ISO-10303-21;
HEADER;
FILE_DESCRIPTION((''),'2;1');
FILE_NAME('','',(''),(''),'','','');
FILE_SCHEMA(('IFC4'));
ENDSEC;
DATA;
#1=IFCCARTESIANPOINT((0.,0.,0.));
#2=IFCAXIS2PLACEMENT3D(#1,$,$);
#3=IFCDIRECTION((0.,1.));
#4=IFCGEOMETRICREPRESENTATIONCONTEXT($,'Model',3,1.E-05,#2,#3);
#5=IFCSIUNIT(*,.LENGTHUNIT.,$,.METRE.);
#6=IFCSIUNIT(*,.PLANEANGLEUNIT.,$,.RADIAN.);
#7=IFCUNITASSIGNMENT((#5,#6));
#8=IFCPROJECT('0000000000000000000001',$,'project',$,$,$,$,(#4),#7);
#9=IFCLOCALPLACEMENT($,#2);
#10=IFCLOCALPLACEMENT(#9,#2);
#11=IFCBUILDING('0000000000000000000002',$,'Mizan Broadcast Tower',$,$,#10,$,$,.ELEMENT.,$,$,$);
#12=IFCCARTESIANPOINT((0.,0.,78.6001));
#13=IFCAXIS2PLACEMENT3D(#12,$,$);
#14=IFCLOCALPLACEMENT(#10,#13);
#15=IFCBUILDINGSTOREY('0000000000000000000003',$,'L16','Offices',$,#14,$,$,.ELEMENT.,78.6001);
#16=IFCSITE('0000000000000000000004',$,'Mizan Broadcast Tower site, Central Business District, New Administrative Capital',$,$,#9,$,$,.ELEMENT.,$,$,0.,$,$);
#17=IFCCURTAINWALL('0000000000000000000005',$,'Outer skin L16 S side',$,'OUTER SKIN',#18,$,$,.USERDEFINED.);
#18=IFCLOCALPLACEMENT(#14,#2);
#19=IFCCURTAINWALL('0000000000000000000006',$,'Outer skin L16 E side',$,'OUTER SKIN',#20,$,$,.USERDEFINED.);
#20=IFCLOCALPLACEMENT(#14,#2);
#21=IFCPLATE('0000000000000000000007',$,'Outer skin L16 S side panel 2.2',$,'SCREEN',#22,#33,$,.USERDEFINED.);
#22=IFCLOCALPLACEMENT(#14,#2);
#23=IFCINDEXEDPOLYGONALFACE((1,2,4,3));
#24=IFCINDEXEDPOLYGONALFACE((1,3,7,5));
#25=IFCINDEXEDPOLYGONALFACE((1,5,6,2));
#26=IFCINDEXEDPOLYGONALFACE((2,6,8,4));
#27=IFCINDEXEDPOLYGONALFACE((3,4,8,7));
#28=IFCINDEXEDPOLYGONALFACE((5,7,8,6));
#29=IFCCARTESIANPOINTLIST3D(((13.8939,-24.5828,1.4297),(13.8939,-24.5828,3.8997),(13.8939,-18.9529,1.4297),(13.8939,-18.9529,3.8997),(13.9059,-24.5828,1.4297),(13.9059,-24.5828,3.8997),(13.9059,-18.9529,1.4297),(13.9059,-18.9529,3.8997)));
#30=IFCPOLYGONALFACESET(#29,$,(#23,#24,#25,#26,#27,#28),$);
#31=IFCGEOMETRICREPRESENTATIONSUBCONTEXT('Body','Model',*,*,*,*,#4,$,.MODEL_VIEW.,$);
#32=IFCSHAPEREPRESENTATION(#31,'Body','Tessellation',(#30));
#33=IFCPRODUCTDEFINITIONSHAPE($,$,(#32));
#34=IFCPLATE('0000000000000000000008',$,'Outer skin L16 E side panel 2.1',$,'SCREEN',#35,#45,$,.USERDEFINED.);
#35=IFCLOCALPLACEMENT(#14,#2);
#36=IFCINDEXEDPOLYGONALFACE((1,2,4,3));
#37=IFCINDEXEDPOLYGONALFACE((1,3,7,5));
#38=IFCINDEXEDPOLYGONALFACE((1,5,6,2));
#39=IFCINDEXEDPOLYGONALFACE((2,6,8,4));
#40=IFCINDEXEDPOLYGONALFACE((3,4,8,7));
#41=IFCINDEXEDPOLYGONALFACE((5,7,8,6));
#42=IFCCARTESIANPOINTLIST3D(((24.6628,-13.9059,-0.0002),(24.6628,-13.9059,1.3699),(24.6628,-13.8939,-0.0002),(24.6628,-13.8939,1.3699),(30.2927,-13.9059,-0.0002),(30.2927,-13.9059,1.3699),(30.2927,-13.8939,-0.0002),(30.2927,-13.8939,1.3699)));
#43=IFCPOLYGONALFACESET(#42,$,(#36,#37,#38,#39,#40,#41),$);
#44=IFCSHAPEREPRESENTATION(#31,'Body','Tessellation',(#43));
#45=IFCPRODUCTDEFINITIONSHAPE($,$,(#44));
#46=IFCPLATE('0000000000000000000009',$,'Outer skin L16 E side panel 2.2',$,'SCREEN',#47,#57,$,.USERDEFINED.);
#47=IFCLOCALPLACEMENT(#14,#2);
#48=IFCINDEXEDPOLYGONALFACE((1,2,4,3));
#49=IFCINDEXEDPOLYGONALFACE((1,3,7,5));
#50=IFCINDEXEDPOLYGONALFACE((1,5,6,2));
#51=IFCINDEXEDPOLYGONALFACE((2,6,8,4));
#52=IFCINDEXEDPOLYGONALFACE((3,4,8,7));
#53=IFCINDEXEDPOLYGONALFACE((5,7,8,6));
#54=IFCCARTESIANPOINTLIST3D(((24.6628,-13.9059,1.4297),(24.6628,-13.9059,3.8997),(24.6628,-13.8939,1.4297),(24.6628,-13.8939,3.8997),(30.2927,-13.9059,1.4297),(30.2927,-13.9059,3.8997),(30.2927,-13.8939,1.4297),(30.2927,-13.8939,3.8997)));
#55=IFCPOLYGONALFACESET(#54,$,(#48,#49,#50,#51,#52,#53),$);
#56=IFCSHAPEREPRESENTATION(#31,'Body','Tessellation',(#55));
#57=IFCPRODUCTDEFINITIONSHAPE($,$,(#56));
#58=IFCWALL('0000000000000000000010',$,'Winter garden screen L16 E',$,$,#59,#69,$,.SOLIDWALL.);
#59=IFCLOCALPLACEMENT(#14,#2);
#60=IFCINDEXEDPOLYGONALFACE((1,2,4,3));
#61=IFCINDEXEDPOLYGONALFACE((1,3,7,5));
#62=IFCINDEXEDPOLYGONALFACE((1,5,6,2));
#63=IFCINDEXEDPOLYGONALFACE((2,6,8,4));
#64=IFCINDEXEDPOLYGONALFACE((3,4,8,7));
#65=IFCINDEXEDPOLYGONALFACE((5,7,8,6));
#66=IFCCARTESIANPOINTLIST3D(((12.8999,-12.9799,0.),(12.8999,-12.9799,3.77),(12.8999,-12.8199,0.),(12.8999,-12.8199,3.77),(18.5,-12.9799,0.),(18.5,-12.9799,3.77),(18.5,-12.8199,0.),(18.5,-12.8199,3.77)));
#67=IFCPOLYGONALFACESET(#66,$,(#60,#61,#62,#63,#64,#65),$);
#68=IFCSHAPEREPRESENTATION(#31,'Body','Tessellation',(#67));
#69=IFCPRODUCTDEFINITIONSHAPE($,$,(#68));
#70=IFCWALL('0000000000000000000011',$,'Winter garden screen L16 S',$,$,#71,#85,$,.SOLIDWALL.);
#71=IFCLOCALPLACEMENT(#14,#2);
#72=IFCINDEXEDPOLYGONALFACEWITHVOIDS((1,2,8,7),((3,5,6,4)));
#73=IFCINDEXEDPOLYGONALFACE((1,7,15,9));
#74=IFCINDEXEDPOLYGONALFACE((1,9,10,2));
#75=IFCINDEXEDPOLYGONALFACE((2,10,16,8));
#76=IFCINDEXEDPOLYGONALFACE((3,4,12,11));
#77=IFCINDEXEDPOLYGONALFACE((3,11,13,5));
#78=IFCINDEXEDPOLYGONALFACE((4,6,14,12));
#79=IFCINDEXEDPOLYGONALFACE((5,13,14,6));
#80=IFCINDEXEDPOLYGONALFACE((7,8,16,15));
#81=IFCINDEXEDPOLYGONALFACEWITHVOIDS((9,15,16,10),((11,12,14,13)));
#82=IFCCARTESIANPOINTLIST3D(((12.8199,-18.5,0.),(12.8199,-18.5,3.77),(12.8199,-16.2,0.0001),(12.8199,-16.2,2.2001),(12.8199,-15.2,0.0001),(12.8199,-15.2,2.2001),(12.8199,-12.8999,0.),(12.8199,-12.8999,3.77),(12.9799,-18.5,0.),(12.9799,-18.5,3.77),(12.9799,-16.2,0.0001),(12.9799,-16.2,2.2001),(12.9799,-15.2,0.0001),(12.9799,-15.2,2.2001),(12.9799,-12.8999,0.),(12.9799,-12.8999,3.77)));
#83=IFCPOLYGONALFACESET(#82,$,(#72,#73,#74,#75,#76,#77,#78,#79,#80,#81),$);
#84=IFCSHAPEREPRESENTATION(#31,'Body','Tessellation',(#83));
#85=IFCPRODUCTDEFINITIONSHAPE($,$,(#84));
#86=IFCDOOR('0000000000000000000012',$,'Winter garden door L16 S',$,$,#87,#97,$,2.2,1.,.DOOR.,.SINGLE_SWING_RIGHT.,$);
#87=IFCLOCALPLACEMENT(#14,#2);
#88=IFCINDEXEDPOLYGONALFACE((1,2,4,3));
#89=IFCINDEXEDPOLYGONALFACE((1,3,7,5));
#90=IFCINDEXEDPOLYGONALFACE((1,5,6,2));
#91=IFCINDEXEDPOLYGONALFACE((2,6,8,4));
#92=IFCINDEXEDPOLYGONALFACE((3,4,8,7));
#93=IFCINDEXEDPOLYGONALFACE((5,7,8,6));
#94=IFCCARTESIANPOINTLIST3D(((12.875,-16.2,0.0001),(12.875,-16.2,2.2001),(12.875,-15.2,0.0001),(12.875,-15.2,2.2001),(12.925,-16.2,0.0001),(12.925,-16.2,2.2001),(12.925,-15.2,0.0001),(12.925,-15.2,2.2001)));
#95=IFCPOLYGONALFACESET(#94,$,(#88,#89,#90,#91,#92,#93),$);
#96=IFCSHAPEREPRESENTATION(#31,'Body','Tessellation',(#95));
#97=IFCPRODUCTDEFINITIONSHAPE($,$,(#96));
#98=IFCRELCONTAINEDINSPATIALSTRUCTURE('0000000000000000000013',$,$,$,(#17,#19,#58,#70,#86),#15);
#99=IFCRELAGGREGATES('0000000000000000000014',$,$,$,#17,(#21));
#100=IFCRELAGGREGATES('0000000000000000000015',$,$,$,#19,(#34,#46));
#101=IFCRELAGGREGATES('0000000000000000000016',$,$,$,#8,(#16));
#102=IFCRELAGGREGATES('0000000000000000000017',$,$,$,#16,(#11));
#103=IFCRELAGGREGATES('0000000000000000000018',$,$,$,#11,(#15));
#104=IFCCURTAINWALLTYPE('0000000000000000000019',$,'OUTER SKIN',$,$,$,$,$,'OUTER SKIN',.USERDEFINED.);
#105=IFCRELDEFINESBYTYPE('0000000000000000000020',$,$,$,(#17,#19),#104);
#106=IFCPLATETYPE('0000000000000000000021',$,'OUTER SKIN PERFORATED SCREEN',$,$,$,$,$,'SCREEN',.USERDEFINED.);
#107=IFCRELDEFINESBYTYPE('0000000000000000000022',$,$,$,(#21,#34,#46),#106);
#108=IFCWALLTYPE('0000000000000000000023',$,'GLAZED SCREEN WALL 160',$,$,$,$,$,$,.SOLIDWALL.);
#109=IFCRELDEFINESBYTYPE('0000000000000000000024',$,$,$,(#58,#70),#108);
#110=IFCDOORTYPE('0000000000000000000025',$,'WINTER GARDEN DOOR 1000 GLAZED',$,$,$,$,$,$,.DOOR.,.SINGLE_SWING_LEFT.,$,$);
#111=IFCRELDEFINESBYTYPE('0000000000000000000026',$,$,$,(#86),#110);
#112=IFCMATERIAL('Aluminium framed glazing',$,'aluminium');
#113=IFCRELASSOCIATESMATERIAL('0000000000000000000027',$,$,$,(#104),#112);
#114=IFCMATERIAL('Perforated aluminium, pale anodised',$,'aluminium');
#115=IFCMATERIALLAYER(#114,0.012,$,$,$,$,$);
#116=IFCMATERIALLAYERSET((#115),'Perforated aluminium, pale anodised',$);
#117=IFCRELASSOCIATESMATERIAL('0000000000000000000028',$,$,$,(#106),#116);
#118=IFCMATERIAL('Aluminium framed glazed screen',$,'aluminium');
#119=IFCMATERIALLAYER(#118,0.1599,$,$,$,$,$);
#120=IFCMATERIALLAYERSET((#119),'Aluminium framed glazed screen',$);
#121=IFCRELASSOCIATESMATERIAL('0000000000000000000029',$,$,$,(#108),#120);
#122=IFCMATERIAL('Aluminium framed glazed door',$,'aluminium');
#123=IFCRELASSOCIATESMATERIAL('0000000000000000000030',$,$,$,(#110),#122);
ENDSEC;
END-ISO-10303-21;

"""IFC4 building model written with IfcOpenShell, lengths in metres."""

from ifc_helpers import new_model, si_unit, direction, frame, frame_2d, origin, origin_2d, place, context, subcontext, project, spatial, rectangle, extrude, material, layer, layer_set, type_object, element, fill, aggregate, save


model = new_model("IFC4")

# Units and contexts
model_context = context("Model", 3, precision=1e-05, world=origin(), true_north=direction((0.0, 1.0)))
body_context = subcontext(model_context, "Body", "Model", "MODEL_VIEW")
ifc_project = project(units=[si_unit("LENGTHUNIT", "METRE"), si_unit("PLANEANGLEUNIT", "RADIAN")], contexts=[model_context])

# Site, building, storey
site_placement = place(None, origin())
site = spatial("IfcSite", under=ifc_project, at=site_placement, Name="Mizan Broadcast Tower site, Central Business District, New Administrative Capital", CompositionType="ELEMENT", RefElevation=0.0)
building_placement = place(site_placement, origin())
building = spatial("IfcBuilding", under=site, at=building_placement, Name="Mizan Broadcast Tower", CompositionType="ELEMENT")
storey_placement = place(building_placement, frame((0.0, 0.0, 78.6001)))
storey = spatial("IfcBuildingStorey", under=building, at=storey_placement, Name="L16", Description="Offices", CompositionType="ELEMENT", Elevation=78.6001)

# Shared definitions
ifc_material_1 = material(Name="Aluminium framed glazing", Category="aluminium")
curtain_wall_type_1 = type_object("IfcCurtainWallType", Name="OUTER SKIN", ElementType="OUTER SKIN", PredefinedType="USERDEFINED", material=ifc_material_1)

# Curtain wall
curtain_wall_1_placement = place(storey_placement, origin())
curtain_wall_1 = element("IfcCurtainWall", 1, at=curtain_wall_1_placement, inside=storey, type_object=curtain_wall_type_1, Name="Outer skin L16 S side", ObjectType="OUTER SKIN", PredefinedType="USERDEFINED")

# Curtain wall
curtain_wall_2_placement = place(storey_placement, origin())
curtain_wall_2 = element("IfcCurtainWall", 2, at=curtain_wall_2_placement, inside=storey, type_object=curtain_wall_type_1, Name="Outer skin L16 E side", ObjectType="OUTER SKIN", PredefinedType="USERDEFINED")

# Plates
ifc_material_2 = material(Name="Perforated aluminium, pale anodised", Category="aluminium")
ifc_layer_1 = layer(ifc_material_2, 0.012)
ifc_layer_set_1 = layer_set([ifc_layer_1], Name="Perforated aluminium, pale anodised")
plate_type_1 = type_object("IfcPlateType", Name="OUTER SKIN PERFORATED SCREEN", ElementType="SCREEN", PredefinedType="USERDEFINED", material=ifc_layer_set_1)
plate_1_placement = place(storey_placement, frame((13.8999, -21.7678, 1.4297), z_axis=(0.0, 0.0, 1.0), x_axis=(0.0, 1.0, 0.0)))
plate_1 = element("IfcPlate", 3, at=plate_1_placement, type_object=plate_type_1, Name="Outer skin L16 S side panel 2.2", ObjectType="SCREEN", PredefinedType="USERDEFINED", context=body_context, shape_type="SweptSolid", body=[
    extrude(rectangle(XDim=5.6299, YDim=0.012, at=origin_2d()), origin(), (0.0, 0.0, 1.0), 2.47),
])
aggregate(curtain_wall_1, [plate_1])
plate_2_placement = place(storey_placement, frame((27.4778, -13.8999, -0.0002), z_axis=(0.0, 0.0, 1.0), x_axis=(1.0, 0.0, 0.0)))
plate_2 = element("IfcPlate", 4, at=plate_2_placement, type_object=plate_type_1, Name="Outer skin L16 E side panel 2.1", ObjectType="SCREEN", PredefinedType="USERDEFINED", context=body_context, shape_type="SweptSolid", body=[
    extrude(rectangle(XDim=5.6299, YDim=0.012, at=origin_2d()), origin(), (0.0, 0.0, 1.0), 1.3701),
])
plate_3_placement = place(storey_placement, frame((27.4778, -13.8999, 1.4297), z_axis=(0.0, 0.0, 1.0), x_axis=(1.0, 0.0, 0.0)))
plate_3 = element("IfcPlate", 5, at=plate_3_placement, type_object=plate_type_1, Name="Outer skin L16 E side panel 2.2", ObjectType="SCREEN", PredefinedType="USERDEFINED", context=body_context, shape_type="SweptSolid", body=[
    extrude(rectangle(XDim=5.6299, YDim=0.012, at=origin_2d()), origin(), (0.0, 0.0, 1.0), 2.47),
])
aggregate(curtain_wall_2, [plate_2, plate_3])

# Wall
ifc_material_3 = material(Name="Aluminium framed glazed screen", Category="aluminium")
ifc_layer_2 = layer(ifc_material_3, 0.1599)
ifc_layer_set_2 = layer_set([ifc_layer_2], Name="Aluminium framed glazed screen")
wall_type = type_object("IfcWallType", Name="GLAZED SCREEN WALL 160", PredefinedType="SOLIDWALL", material=ifc_layer_set_2)
wall_1_placement = place(storey_placement, frame((12.8999, -12.8999, 0.0), z_axis=(0.0, 0.0, 1.0), x_axis=(1.0, 0.0, 0.0)))
element("IfcWall", 6, at=wall_1_placement, inside=storey, type_object=wall_type, Name="Winter garden screen L16 E", PredefinedType="SOLIDWALL", context=body_context, shape_type="SweptSolid", body=[
    extrude(rectangle(XDim=5.6001, YDim=0.1599, at=frame_2d((2.8, 0.0))), origin(), (0.0, 0.0, 1.0), 3.77),
])

# Wall, opening, door
wall_2_placement = place(storey_placement, frame((12.8999, -18.5, 0.0), z_axis=(0.0, 0.0, 1.0), x_axis=(0.0, 1.0, 0.0)))
wall_2 = element("IfcWall", 7, at=wall_2_placement, inside=storey, type_object=wall_type, Name="Winter garden screen L16 S", PredefinedType="SOLIDWALL", context=body_context, shape_type="SweptSolid", body=[
    extrude(rectangle(XDim=5.6001, YDim=0.1599, at=frame_2d((2.8, 0.0))), origin(), (0.0, 0.0, 1.0), 3.77),
])
opening_placement = place(wall_2_placement, frame((2.3, 0.0, 0.0)))
opening = element("IfcOpeningElement", 8, at=opening_placement, cuts=wall_2, PredefinedType="OPENING", context=body_context, shape_type="SweptSolid", body=[
    extrude(rectangle(XDim=1.0, YDim=2.2, at=frame_2d((0.5, 1.1001))), frame((0.0, 0.0898, 0.0), z_axis=(0.0, -1.0, 0.0), x_axis=(1.0, 0.0, 0.0)), (0.0, 0.0, 1.0), 0.1799),
])
ifc_material_4 = material(Name="Aluminium framed glazed door", Category="aluminium")
door_type = type_object("IfcDoorType", Name="WINTER GARDEN DOOR 1000 GLAZED", OperationType="SINGLE_SWING_LEFT", PredefinedType="DOOR", material=ifc_material_4)
door_placement = place(opening_placement, origin())
door = element("IfcDoor", 9, at=door_placement, inside=storey, type_object=door_type, Name="Winter garden door L16 S", OperationType="SINGLE_SWING_RIGHT", OverallHeight=2.2, OverallWidth=1.0, PredefinedType="DOOR", context=body_context, shape_type="SweptSolid", body=[
    extrude(rectangle(XDim=1.0, YDim=2.2, at=frame_2d((0.5, 1.1001))), frame((0.0, 0.0249, 0.0), z_axis=(0.0, -1.0, 0.0), x_axis=(1.0, 0.0, 0.0)), (0.0, 0.0, 1.0), 0.05),
])
fill(opening, door)

save(model, "model.ifc")
